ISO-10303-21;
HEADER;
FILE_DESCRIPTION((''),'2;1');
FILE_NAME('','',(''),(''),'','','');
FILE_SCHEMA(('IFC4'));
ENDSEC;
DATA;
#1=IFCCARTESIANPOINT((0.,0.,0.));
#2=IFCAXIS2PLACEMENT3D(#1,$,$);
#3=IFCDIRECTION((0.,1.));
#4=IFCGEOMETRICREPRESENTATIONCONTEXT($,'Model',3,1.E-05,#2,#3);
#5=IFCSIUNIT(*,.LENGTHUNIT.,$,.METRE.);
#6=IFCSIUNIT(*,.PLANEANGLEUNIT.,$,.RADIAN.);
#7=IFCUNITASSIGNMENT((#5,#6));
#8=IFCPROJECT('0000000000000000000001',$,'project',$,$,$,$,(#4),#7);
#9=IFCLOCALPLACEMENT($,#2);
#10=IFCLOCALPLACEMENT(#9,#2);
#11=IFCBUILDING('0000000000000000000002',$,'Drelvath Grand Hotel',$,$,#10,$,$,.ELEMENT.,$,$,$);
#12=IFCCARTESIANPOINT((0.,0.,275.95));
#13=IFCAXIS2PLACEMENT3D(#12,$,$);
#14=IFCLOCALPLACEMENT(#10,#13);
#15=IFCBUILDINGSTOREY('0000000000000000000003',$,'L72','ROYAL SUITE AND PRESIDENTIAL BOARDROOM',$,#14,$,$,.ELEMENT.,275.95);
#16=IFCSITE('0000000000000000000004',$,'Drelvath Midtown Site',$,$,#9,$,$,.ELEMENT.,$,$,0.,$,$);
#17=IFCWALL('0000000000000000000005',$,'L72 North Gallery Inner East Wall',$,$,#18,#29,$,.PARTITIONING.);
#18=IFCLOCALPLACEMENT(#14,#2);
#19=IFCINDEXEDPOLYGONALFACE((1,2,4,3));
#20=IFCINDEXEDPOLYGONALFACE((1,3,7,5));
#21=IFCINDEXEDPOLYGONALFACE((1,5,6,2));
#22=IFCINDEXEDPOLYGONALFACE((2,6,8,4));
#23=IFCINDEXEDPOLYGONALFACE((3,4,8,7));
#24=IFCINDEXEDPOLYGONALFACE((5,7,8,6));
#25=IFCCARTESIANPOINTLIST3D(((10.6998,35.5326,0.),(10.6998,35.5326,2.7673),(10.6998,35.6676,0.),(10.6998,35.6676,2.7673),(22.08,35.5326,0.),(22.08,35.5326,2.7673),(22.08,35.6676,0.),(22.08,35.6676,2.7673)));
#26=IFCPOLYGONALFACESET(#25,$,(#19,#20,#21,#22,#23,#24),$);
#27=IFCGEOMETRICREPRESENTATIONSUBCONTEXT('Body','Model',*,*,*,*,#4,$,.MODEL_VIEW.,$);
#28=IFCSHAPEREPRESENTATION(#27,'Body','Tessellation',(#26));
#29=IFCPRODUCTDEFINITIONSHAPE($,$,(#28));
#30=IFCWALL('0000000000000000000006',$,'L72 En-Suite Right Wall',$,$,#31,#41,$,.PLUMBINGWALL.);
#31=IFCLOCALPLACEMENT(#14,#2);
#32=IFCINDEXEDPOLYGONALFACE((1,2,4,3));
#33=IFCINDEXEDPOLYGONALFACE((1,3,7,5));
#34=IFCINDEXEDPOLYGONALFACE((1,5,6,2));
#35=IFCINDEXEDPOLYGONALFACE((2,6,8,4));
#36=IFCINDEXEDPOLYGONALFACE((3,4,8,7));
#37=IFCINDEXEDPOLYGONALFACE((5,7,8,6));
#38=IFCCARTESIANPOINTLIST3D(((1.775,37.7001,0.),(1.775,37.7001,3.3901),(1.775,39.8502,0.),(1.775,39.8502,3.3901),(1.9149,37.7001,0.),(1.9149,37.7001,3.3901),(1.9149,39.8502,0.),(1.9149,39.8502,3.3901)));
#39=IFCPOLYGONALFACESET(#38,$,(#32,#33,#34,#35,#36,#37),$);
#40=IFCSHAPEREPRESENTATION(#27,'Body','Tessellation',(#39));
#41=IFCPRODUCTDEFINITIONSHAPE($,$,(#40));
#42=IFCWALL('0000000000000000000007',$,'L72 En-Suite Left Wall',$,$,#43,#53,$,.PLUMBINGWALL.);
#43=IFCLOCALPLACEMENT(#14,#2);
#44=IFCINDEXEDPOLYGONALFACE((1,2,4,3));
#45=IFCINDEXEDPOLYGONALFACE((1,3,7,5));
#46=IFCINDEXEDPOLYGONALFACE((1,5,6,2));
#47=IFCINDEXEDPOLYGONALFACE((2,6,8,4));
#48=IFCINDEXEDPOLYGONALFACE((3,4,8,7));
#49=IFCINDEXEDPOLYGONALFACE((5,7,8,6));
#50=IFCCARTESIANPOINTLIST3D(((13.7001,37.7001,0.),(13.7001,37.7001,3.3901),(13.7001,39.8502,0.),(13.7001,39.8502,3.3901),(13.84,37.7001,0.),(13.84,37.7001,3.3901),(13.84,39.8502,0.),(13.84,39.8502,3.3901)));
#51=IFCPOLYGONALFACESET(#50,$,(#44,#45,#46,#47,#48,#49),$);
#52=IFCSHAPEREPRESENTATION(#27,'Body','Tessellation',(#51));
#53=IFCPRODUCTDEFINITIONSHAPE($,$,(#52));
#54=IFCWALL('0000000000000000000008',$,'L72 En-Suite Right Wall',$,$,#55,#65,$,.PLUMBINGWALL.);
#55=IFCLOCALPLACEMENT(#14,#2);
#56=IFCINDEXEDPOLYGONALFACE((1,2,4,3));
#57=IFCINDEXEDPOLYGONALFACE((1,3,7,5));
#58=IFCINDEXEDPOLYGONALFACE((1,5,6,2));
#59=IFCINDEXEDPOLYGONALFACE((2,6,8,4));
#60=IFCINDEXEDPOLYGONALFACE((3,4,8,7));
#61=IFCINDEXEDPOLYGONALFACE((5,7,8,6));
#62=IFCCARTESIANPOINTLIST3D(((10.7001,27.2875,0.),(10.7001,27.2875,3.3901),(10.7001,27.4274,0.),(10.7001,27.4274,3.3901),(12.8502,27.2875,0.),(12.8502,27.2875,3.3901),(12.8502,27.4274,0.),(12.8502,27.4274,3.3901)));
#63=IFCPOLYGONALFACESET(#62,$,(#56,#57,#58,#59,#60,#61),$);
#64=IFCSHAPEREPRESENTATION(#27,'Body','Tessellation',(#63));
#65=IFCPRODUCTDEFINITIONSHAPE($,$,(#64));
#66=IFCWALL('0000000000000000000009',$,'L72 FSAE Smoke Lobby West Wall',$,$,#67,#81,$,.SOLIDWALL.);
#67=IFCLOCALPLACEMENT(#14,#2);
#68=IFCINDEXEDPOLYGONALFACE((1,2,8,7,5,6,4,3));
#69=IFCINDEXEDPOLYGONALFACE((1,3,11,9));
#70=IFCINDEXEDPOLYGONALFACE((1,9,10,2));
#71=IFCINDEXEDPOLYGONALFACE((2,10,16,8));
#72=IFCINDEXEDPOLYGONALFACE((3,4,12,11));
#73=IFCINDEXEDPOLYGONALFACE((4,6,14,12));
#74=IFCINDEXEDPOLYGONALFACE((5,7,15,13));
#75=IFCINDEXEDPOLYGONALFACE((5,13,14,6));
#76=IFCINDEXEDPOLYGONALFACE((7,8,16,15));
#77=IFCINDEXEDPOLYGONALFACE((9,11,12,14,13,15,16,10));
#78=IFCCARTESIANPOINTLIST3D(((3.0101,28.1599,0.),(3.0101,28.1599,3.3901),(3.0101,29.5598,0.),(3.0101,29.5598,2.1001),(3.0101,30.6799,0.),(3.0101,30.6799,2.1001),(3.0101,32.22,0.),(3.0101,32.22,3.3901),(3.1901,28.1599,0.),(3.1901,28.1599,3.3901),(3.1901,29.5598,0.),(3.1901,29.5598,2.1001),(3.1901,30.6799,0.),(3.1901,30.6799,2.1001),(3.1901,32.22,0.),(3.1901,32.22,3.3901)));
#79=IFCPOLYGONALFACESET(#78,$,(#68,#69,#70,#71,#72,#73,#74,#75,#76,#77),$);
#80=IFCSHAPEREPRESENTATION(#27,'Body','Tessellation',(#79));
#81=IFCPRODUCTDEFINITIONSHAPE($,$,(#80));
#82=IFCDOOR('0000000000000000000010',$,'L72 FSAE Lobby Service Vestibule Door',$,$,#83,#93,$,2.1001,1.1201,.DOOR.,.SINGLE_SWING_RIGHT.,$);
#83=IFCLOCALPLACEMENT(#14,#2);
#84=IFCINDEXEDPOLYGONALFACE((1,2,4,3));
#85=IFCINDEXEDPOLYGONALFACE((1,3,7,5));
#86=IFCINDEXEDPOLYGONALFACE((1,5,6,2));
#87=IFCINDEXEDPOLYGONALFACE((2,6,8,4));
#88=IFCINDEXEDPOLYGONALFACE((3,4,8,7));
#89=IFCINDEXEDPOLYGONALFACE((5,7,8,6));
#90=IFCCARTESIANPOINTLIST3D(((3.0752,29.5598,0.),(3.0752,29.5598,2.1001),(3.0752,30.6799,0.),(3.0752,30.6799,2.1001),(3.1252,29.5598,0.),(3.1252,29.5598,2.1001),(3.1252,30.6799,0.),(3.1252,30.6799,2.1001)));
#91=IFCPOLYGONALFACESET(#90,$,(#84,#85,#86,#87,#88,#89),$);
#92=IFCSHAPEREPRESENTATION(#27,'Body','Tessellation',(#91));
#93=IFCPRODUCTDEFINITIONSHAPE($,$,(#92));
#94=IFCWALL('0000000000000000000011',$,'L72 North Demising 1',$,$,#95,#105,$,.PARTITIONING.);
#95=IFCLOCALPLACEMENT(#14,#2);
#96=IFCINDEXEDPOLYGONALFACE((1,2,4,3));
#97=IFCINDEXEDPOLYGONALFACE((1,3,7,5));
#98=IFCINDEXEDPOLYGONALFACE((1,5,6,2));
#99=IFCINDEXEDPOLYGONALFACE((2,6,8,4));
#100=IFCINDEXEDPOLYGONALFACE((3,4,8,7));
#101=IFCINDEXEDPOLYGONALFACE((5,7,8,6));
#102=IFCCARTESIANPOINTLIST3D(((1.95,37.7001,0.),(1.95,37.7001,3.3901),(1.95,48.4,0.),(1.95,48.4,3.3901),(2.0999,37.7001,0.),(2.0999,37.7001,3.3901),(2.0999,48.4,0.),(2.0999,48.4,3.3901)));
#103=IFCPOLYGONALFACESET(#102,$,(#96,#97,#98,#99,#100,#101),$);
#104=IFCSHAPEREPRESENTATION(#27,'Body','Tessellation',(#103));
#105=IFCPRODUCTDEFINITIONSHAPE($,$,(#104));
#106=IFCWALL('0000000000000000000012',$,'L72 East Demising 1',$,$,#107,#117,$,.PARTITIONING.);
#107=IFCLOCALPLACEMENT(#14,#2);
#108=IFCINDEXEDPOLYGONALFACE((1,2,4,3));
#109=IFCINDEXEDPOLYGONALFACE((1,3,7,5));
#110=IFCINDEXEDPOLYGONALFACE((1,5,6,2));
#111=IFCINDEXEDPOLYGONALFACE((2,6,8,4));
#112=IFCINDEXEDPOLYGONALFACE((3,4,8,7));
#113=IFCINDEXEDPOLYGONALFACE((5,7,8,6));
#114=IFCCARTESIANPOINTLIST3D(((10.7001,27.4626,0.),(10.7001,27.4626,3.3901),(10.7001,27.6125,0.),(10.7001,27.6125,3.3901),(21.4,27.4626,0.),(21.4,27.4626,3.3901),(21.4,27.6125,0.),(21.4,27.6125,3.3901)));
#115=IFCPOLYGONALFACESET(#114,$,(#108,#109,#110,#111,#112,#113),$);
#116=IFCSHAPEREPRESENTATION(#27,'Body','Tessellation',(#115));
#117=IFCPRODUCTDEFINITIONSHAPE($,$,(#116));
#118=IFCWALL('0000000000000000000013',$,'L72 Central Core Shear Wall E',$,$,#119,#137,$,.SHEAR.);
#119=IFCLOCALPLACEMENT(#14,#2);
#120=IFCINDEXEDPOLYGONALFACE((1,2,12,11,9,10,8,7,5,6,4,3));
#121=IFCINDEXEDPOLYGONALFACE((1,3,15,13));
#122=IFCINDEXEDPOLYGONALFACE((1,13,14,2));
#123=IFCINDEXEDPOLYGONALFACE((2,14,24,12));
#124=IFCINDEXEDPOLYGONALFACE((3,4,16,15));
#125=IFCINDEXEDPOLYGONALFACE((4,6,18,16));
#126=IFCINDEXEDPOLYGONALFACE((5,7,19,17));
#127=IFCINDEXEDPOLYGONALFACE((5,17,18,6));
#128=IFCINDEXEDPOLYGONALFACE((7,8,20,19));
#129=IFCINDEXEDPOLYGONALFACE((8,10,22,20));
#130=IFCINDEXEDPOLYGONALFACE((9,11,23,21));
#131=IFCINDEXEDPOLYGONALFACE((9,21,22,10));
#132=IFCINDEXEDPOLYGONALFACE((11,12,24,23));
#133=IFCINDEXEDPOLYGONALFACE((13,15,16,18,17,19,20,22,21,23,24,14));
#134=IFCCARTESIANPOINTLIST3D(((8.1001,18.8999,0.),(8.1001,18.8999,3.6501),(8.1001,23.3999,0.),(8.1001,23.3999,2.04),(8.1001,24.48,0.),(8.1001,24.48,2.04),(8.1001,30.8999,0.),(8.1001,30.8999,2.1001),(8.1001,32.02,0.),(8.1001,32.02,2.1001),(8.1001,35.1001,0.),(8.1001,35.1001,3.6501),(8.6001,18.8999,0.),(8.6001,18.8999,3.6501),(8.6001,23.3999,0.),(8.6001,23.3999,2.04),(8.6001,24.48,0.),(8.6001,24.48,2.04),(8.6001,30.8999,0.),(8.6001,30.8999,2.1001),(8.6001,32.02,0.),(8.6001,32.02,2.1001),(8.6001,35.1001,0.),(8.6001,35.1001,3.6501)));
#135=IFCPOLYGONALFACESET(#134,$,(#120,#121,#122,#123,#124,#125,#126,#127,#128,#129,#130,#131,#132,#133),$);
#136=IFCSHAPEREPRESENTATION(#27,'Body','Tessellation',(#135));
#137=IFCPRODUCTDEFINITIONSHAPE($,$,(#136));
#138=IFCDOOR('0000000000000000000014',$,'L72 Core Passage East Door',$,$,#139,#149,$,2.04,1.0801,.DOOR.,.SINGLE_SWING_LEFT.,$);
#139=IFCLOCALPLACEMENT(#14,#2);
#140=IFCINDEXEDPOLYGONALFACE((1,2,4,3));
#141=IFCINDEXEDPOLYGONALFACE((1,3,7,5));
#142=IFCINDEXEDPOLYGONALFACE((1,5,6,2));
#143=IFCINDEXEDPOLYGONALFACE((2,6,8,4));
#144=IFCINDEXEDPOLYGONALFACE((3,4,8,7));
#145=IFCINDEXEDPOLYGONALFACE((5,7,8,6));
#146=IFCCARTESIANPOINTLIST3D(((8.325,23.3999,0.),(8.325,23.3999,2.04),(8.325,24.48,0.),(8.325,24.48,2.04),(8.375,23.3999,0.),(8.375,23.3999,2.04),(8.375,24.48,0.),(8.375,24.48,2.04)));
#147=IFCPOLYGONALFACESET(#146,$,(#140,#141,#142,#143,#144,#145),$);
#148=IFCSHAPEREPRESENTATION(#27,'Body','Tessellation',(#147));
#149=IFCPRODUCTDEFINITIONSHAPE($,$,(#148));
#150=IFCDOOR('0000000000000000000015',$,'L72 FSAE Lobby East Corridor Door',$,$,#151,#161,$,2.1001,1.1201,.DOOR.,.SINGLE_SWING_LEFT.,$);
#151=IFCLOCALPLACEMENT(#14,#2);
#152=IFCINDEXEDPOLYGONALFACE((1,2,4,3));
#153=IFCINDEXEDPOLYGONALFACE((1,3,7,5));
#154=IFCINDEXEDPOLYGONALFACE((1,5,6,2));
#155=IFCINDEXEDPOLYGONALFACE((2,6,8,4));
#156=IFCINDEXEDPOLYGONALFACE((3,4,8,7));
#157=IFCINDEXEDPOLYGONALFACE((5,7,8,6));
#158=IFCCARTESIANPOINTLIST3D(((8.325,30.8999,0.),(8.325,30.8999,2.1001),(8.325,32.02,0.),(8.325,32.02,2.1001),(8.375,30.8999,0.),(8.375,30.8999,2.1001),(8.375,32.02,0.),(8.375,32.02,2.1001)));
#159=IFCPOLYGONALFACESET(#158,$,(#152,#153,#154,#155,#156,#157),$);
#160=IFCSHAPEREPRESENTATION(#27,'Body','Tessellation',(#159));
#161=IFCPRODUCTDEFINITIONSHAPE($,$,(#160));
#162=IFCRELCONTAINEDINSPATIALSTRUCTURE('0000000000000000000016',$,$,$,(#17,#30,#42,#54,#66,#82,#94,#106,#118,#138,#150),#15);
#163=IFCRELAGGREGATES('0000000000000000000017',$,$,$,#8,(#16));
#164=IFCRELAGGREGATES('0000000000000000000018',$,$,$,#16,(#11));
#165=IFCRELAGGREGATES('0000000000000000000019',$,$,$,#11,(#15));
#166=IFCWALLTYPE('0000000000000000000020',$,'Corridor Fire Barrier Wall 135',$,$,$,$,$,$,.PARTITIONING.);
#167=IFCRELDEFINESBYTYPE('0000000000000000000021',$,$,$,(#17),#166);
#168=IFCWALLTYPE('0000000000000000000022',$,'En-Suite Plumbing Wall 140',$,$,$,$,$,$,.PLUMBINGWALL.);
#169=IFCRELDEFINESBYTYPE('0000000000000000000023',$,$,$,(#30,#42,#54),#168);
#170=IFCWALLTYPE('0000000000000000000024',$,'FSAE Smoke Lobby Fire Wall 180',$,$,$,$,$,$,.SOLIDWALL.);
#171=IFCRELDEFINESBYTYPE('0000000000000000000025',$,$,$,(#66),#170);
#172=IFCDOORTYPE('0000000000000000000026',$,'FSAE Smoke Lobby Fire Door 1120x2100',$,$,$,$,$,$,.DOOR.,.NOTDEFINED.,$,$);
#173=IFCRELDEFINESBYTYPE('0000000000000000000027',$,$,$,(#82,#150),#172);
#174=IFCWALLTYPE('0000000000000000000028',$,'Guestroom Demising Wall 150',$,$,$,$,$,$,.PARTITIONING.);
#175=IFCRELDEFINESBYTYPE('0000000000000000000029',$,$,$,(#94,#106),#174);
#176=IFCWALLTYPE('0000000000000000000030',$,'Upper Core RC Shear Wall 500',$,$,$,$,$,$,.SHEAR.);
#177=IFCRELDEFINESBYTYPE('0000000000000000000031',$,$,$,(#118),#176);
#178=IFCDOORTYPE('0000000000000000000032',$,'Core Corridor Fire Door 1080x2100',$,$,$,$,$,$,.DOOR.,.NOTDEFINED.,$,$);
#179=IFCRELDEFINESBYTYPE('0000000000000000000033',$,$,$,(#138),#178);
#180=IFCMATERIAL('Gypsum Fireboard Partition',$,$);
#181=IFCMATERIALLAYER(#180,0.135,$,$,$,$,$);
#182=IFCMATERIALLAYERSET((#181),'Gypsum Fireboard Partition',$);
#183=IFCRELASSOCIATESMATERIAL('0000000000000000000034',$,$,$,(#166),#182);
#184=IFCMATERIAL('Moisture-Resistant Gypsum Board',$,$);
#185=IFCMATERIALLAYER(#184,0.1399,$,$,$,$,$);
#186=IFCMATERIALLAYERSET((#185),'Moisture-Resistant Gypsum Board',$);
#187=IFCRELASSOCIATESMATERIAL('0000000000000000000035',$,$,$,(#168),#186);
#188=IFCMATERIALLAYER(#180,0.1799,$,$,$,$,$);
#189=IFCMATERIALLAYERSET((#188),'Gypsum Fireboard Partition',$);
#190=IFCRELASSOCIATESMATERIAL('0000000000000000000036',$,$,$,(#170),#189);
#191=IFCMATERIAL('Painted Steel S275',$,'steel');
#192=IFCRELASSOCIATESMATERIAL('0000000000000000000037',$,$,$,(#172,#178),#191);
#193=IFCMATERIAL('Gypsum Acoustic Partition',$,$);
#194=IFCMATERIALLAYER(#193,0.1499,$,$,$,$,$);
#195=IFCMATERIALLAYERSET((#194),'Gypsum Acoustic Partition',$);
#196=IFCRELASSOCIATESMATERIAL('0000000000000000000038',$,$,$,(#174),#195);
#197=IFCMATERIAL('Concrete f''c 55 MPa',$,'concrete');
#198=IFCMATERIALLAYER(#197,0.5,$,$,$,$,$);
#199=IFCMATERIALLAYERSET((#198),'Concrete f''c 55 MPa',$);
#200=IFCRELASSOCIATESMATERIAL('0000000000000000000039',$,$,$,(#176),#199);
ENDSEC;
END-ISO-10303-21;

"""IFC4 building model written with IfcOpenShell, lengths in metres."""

from ifc_helpers import new_model, si_unit, direction, frame, frame_2d, origin, place, context, subcontext, project, spatial, rectangle, extrude, material, layer, layer_set, type_object, element, fill, save


model = new_model("IFC4")

# Units and contexts
model_context = context("Model", 3, precision=1e-05, world=origin(), true_north=direction((0.0, 1.0)))
body_context = subcontext(model_context, "Body", "Model", "MODEL_VIEW")
ifc_project = project(units=[si_unit("LENGTHUNIT", "METRE"), si_unit("PLANEANGLEUNIT", "RADIAN")], contexts=[model_context])

# Site, building, storey
site_placement = place(None, origin())
site = spatial("IfcSite", under=ifc_project, at=site_placement, Name="Drelvath Midtown Site", CompositionType="ELEMENT", RefElevation=0.0)
building_placement = place(site_placement, origin())
building = spatial("IfcBuilding", under=site, at=building_placement, Name="Drelvath Grand Hotel", CompositionType="ELEMENT")
storey_placement = place(building_placement, frame((0.0, 0.0, 275.95)))
storey = spatial("IfcBuildingStorey", under=building, at=storey_placement, Name="L72", Description="ROYAL SUITE AND PRESIDENTIAL BOARDROOM", CompositionType="ELEMENT", Elevation=275.95)

# Shared definitions
ifc_material_1 = material(Name="Concrete f'c 55 MPa", Category="concrete")

# Shared definitions
ifc_material_2 = material(Name="Painted Steel S275", Category="steel")

# Walls
ifc_material_3 = material(Name="Gypsum Fireboard Partition")
ifc_layer_1 = layer(ifc_material_3, 0.135)
ifc_layer_set_1 = layer_set([ifc_layer_1], Name="Gypsum Fireboard Partition")
wall_type_1 = type_object("IfcWallType", Name="Corridor Fire Barrier Wall 135", PredefinedType="PARTITIONING", material=ifc_layer_set_1)
wall_1_placement = place(storey_placement, frame((10.7, 35.6001, 0.0), z_axis=(0.0, 0.0, 1.0), x_axis=(1.0, 0.0, 0.0)))
element("IfcWall", 1, at=wall_1_placement, inside=storey, type_object=wall_type_1, Name="L72 North Gallery Inner East Wall", PredefinedType="PARTITIONING", context=body_context, shape_type="SweptSolid", body=[
    extrude(rectangle(XDim=11.3801, YDim=0.135, at=frame_2d((5.6899, 0.0))), origin(), (0.0, 0.0, 1.0), 2.7673),
])
ifc_material_4 = material(Name="Moisture-Resistant Gypsum Board")
ifc_layer_2 = layer(ifc_material_4, 0.1399)
ifc_layer_set_2 = layer_set([ifc_layer_2], Name="Moisture-Resistant Gypsum Board")
wall_type_2 = type_object("IfcWallType", Name="En-Suite Plumbing Wall 140", PredefinedType="PLUMBINGWALL", material=ifc_layer_set_2)
for number, where, z_axis, x_axis, name in (
    (2, (1.845, 37.7, 0.0), (0.0, 0.0, 1.0), (0.0, 1.0, 0.0), "L72 En-Suite Right Wall"),
    (3, (13.77, 37.7, 0.0), (0.0, 0.0, 1.0), (0.0, 1.0, 0.0), "L72 En-Suite Left Wall"),
    (4, (10.7, 27.3574, 0.0), (0.0, 0.0, 1.0), (1.0, 0.0, 0.0), "L72 En-Suite Right Wall"),
):
    element("IfcWall", number, at=place(storey_placement, frame(where, z_axis=z_axis, x_axis=x_axis)), inside=storey, type_object=wall_type_2, Name=name, PredefinedType="PLUMBINGWALL", context=body_context, shape_type="SweptSolid", body=[
        extrude(rectangle(XDim=2.1501, YDim=0.1399, at=frame_2d((1.0752, 0.0))), origin(), (0.0, 0.0, 1.0), 3.3901),
    ])

# Wall, opening, door
ifc_layer_3 = layer(ifc_material_3, 0.1799)
ifc_layer_set_3 = layer_set([ifc_layer_3], Name="Gypsum Fireboard Partition")
wall_type_3 = type_object("IfcWallType", Name="FSAE Smoke Lobby Fire Wall 180", PredefinedType="SOLIDWALL", material=ifc_layer_set_3)
wall_2_placement = place(storey_placement, frame((3.1001, 28.1599, 0.0), z_axis=(0.0, 0.0, 1.0), x_axis=(0.0, 1.0, 0.0)))
wall_2 = element("IfcWall", 5, at=wall_2_placement, inside=storey, type_object=wall_type_3, Name="L72 FSAE Smoke Lobby West Wall", PredefinedType="SOLIDWALL", context=body_context, shape_type="SweptSolid", body=[
    extrude(rectangle(XDim=4.0601, YDim=0.1799, at=frame_2d((2.03, 0.0))), origin(), (0.0, 0.0, 1.0), 3.3901),
])
opening_1_placement = place(wall_2_placement, frame((1.3999, 0.0, 0.0)))
opening_1 = element("IfcOpeningElement", 6, at=opening_1_placement, cuts=wall_2, PredefinedType="OPENING", context=body_context, shape_type="SweptSolid", body=[
    extrude(rectangle(XDim=1.1201, YDim=2.1001, at=frame_2d((0.5601, 1.05))), frame((0.0, 0.0999, 0.0), z_axis=(0.0, -1.0, 0.0), x_axis=(1.0, 0.0, 0.0)), (0.0, 0.0, 1.0), 0.2),
])
door_type_1 = type_object("IfcDoorType", Name="FSAE Smoke Lobby Fire Door 1120x2100", OperationType="NOTDEFINED", PredefinedType="DOOR", material=ifc_material_2)
door_1_placement = place(opening_1_placement, origin())
door_1 = element("IfcDoor", 7, at=door_1_placement, inside=storey, type_object=door_type_1, Name="L72 FSAE Lobby Service Vestibule Door", OperationType="SINGLE_SWING_RIGHT", OverallHeight=2.1001, OverallWidth=1.1201, PredefinedType="DOOR", context=body_context, shape_type="SweptSolid", body=[
    extrude(rectangle(XDim=1.1201, YDim=2.1001, at=frame_2d((0.5601, 1.05))), frame((0.0, 0.0249, 0.0), z_axis=(0.0, -1.0, 0.0), x_axis=(1.0, 0.0, 0.0)), (0.0, 0.0, 1.0), 0.05),
])
fill(opening_1, door_1)

# Walls
ifc_material_5 = material(Name="Gypsum Acoustic Partition")
ifc_layer_4 = layer(ifc_material_5, 0.1499)
ifc_layer_set_4 = layer_set([ifc_layer_4], Name="Gypsum Acoustic Partition")
wall_type_4 = type_object("IfcWallType", Name="Guestroom Demising Wall 150", PredefinedType="PARTITIONING", material=ifc_layer_set_4)
for number, where, z_axis, x_axis, name in (
    (8, (2.0249, 37.7, 0.0), (0.0, 0.0, 1.0), (0.0, 1.0, 0.0), "L72 North Demising 1"),
    (9, (10.7, 27.5376, 0.0), (0.0, 0.0, 1.0), (1.0, 0.0, 0.0), "L72 East Demising 1"),
):
    element("IfcWall", number, at=place(storey_placement, frame(where, z_axis=z_axis, x_axis=x_axis)), inside=storey, type_object=wall_type_4, Name=name, PredefinedType="PARTITIONING", context=body_context, shape_type="SweptSolid", body=[
        extrude(rectangle(XDim=10.7, YDim=0.1499, at=frame_2d((5.3501, 0.0))), origin(), (0.0, 0.0, 1.0), 3.3901),
    ])

# Wall, openings, doors
ifc_layer_5 = layer(ifc_material_1, 0.5)
ifc_layer_set_5 = layer_set([ifc_layer_5], Name="Concrete f'c 55 MPa")
wall_type_5 = type_object("IfcWallType", Name="Upper Core RC Shear Wall 500", PredefinedType="SHEAR", material=ifc_layer_set_5)
wall_3_placement = place(storey_placement, frame((8.3501, 35.1001, 0.0), z_axis=(0.0, 0.0, 1.0), x_axis=(0.0, -1.0, 0.0)))
wall_3 = element("IfcWall", 10, at=wall_3_placement, inside=storey, type_object=wall_type_5, Name="L72 Central Core Shear Wall E", PredefinedType="SHEAR", context=body_context, shape_type="SweptSolid", body=[
    extrude(rectangle(XDim=16.2002, YDim=0.5, at=frame_2d((8.1001, 0.0))), origin(), (0.0, 0.0, 1.0), 3.6501),
])
opening_2_placement = place(wall_3_placement, frame((3.0801, 0.0, 0.0)))
opening_2 = element("IfcOpeningElement", 11, at=opening_2_placement, cuts=wall_3, PredefinedType="OPENING", context=body_context, shape_type="SweptSolid", body=[
    extrude(rectangle(XDim=1.1201, YDim=2.1001, at=frame_2d((0.5601, 1.05))), frame((0.0, 0.26, 0.0), z_axis=(0.0, -1.0, 0.0), x_axis=(1.0, 0.0, 0.0)), (0.0, 0.0, 1.0), 0.52),
])
opening_3_placement = place(wall_3_placement, frame((10.6201, 0.0, 0.0)))
opening_3 = element("IfcOpeningElement", 12, at=opening_3_placement, cuts=wall_3, PredefinedType="OPENING", context=body_context, shape_type="SweptSolid", body=[
    extrude(rectangle(XDim=1.0801, YDim=2.04, at=frame_2d((0.54, 1.02))), frame((0.0, 0.26, 0.0), z_axis=(0.0, -1.0, 0.0), x_axis=(1.0, 0.0, 0.0)), (0.0, 0.0, 1.0), 0.52),
])
door_type_2 = type_object("IfcDoorType", Name="Core Corridor Fire Door 1080x2100", OperationType="NOTDEFINED", PredefinedType="DOOR", material=ifc_material_2)
door_2_placement = place(opening_3_placement, origin())
door_2 = element("IfcDoor", 13, at=door_2_placement, inside=storey, type_object=door_type_2, Name="L72 Core Passage East Door", OperationType="SINGLE_SWING_LEFT", OverallHeight=2.04, OverallWidth=1.0801, PredefinedType="DOOR", context=body_context, shape_type="SweptSolid", body=[
    extrude(rectangle(XDim=1.0801, YDim=2.04, at=frame_2d((0.54, 1.02))), frame((0.0, 0.0249, 0.0), z_axis=(0.0, -1.0, 0.0), x_axis=(1.0, 0.0, 0.0)), (0.0, 0.0, 1.0), 0.05),
])
fill(opening_3, door_2)
door_3_placement = place(opening_2_placement, origin())
door_3 = element("IfcDoor", 14, at=door_3_placement, inside=storey, type_object=door_type_1, Name="L72 FSAE Lobby East Corridor Door", OperationType="SINGLE_SWING_LEFT", OverallHeight=2.1001, OverallWidth=1.1201, PredefinedType="DOOR", context=body_context, shape_type="SweptSolid", body=[
    extrude(rectangle(XDim=1.1201, YDim=2.1001, at=frame_2d((0.5601, 1.05))), frame((0.0, 0.0249, 0.0), z_axis=(0.0, -1.0, 0.0), x_axis=(1.0, 0.0, 0.0)), (0.0, 0.0, 1.0), 0.05),
])
fill(opening_2, door_3)

save(model, "model.ifc")
